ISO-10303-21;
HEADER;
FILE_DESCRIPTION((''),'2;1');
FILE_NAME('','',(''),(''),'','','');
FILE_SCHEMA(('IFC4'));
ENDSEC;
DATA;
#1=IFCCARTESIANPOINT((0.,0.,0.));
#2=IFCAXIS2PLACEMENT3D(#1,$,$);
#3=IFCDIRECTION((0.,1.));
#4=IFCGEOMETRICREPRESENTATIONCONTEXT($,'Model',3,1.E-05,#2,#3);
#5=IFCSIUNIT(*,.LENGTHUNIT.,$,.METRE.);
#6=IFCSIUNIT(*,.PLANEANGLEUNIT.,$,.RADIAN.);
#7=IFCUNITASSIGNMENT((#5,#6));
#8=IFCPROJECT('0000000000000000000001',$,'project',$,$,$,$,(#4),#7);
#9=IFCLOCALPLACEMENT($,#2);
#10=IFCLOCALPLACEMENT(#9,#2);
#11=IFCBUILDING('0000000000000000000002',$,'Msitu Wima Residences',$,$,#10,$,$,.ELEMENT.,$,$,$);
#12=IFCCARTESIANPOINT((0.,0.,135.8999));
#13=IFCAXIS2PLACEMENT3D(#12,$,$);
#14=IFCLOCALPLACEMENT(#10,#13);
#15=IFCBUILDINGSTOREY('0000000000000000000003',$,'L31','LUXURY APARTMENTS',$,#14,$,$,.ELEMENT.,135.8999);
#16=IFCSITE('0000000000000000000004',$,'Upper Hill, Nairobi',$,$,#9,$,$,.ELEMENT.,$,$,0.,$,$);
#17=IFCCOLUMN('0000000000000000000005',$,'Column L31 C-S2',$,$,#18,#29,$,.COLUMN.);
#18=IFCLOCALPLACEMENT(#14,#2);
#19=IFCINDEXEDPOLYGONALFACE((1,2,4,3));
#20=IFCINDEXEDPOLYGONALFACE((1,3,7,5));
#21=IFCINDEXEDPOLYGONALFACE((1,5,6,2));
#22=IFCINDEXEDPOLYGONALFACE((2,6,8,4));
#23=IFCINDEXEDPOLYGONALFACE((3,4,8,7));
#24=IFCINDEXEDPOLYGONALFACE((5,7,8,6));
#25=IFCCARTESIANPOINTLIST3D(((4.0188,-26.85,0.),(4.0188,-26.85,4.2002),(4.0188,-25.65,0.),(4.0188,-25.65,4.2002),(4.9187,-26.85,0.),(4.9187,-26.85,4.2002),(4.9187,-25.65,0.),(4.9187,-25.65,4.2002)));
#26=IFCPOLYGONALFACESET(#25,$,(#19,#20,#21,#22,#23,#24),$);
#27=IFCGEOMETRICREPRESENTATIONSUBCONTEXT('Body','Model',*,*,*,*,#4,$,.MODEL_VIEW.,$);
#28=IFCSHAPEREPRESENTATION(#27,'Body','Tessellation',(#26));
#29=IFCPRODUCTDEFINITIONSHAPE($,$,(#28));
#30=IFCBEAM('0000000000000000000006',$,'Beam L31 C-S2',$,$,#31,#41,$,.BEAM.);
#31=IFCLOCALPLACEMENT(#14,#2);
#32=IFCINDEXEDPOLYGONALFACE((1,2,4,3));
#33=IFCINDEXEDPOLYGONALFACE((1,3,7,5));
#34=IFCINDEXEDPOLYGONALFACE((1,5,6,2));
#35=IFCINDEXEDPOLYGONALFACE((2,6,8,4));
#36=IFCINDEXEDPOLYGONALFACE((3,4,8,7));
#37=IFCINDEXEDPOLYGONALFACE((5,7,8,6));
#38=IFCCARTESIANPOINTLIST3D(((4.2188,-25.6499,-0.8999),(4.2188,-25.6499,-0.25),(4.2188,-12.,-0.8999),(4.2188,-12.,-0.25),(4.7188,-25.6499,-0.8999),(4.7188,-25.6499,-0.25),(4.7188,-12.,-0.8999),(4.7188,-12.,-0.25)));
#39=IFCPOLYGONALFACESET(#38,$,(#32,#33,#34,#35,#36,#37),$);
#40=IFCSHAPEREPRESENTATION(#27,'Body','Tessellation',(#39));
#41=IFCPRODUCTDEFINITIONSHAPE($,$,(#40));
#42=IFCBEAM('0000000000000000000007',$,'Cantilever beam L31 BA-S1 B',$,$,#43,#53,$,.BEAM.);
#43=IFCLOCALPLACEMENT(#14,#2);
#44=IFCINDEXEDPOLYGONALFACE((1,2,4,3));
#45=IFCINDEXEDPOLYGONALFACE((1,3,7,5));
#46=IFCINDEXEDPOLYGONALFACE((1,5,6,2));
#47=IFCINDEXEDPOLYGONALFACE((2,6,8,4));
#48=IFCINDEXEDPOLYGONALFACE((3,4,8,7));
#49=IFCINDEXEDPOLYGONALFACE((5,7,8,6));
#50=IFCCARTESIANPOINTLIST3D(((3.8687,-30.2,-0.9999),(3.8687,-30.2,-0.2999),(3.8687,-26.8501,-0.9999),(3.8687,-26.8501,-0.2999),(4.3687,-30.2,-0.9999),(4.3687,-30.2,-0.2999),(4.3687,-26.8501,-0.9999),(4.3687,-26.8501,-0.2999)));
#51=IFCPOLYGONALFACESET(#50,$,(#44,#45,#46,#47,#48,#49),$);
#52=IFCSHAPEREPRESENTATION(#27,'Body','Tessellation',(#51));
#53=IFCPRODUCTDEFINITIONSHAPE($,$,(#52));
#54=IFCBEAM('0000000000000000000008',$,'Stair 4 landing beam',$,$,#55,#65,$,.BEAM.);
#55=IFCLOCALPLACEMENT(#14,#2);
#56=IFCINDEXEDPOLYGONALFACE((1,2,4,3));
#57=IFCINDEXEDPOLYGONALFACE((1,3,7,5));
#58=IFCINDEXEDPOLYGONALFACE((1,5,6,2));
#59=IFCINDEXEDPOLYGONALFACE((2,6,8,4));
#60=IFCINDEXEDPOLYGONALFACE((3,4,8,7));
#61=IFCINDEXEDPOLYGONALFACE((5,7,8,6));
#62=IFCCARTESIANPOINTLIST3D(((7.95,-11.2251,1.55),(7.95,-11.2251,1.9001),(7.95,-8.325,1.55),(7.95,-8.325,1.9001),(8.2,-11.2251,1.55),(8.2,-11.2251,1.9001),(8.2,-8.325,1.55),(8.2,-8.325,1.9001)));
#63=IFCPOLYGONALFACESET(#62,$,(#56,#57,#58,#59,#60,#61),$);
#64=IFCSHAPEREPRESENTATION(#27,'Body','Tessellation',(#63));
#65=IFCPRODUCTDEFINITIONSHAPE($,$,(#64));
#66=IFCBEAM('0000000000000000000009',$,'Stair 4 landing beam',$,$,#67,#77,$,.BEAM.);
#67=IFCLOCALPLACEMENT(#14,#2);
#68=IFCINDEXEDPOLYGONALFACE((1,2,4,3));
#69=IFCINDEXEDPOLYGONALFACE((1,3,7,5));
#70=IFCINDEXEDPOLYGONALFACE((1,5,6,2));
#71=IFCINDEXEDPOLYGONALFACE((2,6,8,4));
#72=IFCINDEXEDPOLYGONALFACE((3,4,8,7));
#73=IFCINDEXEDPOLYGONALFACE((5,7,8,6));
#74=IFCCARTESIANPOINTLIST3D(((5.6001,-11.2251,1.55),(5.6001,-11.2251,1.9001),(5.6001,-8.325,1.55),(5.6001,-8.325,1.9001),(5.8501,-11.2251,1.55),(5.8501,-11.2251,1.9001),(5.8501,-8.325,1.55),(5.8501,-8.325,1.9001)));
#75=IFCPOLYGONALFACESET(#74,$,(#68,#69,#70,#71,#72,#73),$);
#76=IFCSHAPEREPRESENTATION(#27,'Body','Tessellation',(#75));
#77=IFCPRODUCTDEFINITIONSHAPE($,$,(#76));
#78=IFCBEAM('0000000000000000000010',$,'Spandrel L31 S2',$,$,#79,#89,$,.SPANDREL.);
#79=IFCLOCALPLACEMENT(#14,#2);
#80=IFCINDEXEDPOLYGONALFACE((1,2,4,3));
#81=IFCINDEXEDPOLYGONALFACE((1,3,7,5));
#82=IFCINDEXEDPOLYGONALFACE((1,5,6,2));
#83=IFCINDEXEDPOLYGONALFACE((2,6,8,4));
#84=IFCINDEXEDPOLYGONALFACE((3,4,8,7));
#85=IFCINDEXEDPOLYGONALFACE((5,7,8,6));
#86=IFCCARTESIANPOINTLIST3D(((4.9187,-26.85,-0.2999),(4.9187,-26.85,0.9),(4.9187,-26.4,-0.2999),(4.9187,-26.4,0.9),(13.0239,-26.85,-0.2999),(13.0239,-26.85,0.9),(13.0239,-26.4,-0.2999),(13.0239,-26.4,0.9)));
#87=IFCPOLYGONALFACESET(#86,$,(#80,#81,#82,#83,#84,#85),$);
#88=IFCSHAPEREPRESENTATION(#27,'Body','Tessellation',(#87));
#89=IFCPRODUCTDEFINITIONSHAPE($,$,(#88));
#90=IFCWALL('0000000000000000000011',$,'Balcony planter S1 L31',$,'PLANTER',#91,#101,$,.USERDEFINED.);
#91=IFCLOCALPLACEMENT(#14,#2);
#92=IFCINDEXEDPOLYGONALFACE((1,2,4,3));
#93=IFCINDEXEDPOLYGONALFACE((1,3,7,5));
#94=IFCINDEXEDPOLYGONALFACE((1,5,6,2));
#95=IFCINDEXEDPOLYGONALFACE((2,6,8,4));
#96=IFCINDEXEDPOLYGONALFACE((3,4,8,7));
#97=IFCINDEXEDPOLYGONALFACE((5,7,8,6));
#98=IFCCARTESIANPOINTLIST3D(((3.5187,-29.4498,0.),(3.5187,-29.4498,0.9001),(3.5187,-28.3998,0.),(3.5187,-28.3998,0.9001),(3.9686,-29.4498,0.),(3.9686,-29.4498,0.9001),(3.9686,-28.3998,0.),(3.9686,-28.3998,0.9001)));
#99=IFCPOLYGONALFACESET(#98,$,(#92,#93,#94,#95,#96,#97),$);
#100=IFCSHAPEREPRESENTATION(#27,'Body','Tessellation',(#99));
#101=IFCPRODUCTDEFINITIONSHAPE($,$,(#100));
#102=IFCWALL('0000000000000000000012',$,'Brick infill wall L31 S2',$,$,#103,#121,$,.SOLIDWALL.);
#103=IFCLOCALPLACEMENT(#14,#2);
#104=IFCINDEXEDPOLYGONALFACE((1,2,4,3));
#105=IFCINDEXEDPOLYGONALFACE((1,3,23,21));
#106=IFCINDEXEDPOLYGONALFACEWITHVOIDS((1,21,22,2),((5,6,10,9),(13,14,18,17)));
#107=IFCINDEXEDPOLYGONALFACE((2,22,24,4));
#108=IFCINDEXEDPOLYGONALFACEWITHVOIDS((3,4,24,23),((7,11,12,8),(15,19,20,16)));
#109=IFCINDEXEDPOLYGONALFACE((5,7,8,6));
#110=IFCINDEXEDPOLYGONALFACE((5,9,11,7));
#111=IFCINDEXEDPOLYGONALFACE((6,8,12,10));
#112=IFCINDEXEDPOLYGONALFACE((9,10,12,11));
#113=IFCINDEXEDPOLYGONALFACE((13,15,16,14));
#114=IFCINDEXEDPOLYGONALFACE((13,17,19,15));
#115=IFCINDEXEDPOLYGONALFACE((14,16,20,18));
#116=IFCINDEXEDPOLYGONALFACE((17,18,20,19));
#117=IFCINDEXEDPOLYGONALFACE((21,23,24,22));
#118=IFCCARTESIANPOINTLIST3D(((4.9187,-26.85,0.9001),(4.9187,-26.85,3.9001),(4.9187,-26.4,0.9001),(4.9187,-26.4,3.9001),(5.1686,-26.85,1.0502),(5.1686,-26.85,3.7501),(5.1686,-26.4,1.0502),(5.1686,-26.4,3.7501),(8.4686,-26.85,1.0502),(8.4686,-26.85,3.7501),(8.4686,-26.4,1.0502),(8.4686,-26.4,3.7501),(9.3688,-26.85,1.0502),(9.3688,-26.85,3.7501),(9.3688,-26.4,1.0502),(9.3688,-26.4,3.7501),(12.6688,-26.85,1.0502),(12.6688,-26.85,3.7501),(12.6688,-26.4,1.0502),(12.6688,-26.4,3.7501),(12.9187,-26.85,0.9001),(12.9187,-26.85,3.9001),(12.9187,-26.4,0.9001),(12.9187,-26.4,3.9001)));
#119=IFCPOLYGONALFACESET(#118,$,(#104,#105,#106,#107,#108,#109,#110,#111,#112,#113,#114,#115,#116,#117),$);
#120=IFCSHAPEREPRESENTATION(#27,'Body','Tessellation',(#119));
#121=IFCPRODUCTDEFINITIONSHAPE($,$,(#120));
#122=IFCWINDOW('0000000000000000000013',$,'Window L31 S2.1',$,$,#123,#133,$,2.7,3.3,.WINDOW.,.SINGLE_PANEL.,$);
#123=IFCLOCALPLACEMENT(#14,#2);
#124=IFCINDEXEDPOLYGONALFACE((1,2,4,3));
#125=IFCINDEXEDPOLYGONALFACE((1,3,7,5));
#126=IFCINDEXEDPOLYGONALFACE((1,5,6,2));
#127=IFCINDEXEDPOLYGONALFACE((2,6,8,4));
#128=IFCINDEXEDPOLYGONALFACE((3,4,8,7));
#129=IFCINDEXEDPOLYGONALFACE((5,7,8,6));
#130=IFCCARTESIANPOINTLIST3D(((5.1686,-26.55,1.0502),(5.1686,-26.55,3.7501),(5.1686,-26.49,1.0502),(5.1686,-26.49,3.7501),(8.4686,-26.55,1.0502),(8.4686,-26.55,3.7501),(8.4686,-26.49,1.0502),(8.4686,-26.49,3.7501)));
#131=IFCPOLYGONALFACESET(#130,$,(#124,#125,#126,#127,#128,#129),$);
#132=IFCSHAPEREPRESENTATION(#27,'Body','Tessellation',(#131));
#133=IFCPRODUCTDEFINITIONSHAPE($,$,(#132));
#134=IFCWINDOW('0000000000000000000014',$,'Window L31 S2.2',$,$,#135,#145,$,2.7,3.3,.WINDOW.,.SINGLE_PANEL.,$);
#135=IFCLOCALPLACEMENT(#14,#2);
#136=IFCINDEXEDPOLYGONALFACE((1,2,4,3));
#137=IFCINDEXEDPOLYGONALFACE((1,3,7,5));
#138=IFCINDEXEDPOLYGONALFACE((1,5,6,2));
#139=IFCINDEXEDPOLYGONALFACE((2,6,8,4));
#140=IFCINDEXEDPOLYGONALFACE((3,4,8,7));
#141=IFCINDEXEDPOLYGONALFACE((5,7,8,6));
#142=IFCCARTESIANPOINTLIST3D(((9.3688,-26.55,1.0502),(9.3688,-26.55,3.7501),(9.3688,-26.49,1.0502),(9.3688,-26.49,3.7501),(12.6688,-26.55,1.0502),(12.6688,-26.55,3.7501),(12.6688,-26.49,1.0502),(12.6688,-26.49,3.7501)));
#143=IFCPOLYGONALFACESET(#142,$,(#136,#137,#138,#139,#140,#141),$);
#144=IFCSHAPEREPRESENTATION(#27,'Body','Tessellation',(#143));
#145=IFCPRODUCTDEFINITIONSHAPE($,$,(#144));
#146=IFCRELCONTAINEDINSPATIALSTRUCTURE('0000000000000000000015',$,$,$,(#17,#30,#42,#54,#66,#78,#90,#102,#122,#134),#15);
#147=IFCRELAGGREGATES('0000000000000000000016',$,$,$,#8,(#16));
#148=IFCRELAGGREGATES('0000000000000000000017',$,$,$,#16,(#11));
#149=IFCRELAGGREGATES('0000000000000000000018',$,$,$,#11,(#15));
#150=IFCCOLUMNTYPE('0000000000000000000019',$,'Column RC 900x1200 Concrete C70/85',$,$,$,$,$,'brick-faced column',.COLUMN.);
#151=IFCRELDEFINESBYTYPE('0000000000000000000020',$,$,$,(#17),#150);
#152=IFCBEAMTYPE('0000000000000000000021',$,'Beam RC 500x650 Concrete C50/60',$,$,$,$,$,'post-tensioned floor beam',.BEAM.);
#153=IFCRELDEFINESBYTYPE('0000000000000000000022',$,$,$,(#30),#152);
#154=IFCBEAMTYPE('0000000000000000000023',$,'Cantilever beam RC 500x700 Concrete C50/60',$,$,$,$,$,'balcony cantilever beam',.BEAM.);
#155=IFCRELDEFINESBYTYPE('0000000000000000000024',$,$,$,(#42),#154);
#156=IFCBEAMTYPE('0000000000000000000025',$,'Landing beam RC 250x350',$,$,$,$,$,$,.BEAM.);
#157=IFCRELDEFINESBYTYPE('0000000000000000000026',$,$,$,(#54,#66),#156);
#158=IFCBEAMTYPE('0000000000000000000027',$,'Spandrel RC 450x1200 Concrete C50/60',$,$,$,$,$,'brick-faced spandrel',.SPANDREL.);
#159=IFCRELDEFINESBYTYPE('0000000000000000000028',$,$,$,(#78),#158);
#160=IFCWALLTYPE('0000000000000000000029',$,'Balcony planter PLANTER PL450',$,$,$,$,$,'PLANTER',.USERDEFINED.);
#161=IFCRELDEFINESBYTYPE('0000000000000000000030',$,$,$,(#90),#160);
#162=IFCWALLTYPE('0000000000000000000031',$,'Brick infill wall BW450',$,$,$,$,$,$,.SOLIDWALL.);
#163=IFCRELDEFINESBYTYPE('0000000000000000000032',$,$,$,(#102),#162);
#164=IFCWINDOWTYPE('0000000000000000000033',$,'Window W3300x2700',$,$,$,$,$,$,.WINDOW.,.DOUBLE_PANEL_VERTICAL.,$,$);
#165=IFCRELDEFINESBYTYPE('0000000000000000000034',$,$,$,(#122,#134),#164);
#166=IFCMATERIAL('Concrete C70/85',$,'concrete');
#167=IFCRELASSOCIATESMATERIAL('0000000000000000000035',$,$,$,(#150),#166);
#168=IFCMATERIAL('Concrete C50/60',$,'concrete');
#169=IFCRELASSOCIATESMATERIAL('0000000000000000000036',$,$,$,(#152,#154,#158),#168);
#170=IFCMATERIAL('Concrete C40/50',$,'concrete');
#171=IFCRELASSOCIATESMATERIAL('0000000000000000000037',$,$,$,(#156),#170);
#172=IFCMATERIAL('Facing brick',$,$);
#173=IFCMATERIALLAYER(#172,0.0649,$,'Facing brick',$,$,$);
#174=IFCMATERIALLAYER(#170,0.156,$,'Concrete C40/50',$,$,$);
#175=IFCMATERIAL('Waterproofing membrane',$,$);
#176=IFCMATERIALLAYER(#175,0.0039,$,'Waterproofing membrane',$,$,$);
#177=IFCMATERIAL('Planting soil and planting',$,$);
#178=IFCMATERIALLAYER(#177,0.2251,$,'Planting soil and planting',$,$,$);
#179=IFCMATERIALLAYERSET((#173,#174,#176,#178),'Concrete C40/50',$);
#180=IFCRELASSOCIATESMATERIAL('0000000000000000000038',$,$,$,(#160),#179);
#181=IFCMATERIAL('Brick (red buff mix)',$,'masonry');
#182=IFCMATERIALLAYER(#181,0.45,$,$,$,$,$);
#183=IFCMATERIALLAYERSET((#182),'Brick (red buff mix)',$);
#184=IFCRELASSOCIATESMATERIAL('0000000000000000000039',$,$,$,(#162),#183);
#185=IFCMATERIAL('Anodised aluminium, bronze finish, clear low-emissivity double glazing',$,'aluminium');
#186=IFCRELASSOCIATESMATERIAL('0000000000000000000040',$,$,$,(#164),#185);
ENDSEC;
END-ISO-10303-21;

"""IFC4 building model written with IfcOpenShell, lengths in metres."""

from ifc_helpers import new_model, si_unit, direction, frame, frame_2d, origin, origin_2d, place, context, subcontext, project, spatial, rectangle, extrude, material, layer, layer_set, material_profile, profile_set, type_object, element, fill, save


model = new_model("IFC4")

# Units and contexts
model_context = context("Model", 3, precision=1e-05, world=origin(), true_north=direction((0.0, 1.0)))
body_context = subcontext(model_context, "Body", "Model", "MODEL_VIEW")
ifc_project = project(units=[si_unit("LENGTHUNIT", "METRE"), si_unit("PLANEANGLEUNIT", "RADIAN")], contexts=[model_context])

# Site, building, storey
site_placement = place(None, origin())
site = spatial("IfcSite", under=ifc_project, at=site_placement, Name="Upper Hill, Nairobi", CompositionType="ELEMENT", RefElevation=0.0)
building_placement = place(site_placement, origin())
building = spatial("IfcBuilding", under=site, at=building_placement, Name="Msitu Wima Residences", CompositionType="ELEMENT")
storey_placement = place(building_placement, frame((0.0, 0.0, 135.8999)))
storey = spatial("IfcBuildingStorey", under=building, at=storey_placement, Name="L31", Description="LUXURY APARTMENTS", CompositionType="ELEMENT", Elevation=135.8999)

# Column
ifc_material_1 = material(Name="Concrete C70/85", Category="concrete")
ifc_material_profile_1 = material_profile(ifc_material_1, rectangle(XDim=0.8999, YDim=1.2, at=origin_2d()), Name="RC 900x1200")
ifc_profile_set_1 = profile_set([ifc_material_profile_1], Name="Concrete C70/85")
column_type = type_object("IfcColumnType", Name="Column RC 900x1200 Concrete C70/85", ElementType="brick-faced column", PredefinedType="COLUMN", material=ifc_profile_set_1)
column_placement = place(storey_placement, frame((4.4688, -26.25, 0.0), z_axis=(0.0, 0.0, 1.0), x_axis=(1.0, 0.0, 0.0)))
element("IfcColumn", 1, at=column_placement, inside=storey, type_object=column_type, Name="Column L31 C-S2", PredefinedType="COLUMN", context=body_context, shape_type="SweptSolid", body=[
    extrude(rectangle(XDim=0.8999, YDim=1.2, at=origin_2d()), origin(), (0.0, 0.0, 1.0), 4.2002),
])

# Beams
ifc_material_2 = material(Name="Concrete C50/60", Category="concrete")
ifc_material_profile_2 = material_profile(ifc_material_2, rectangle(XDim=0.5, YDim=0.6499, at=origin_2d()), Name="RC 500x650")
ifc_profile_set_2 = profile_set([ifc_material_profile_2], Name="Concrete C50/60")
beam_type_1 = type_object("IfcBeamType", Name="Beam RC 500x650 Concrete C50/60", ElementType="post-tensioned floor beam", PredefinedType="BEAM", material=ifc_profile_set_2)
beam_1_placement = place(storey_placement, frame((4.4688, -25.6499, -0.575), z_axis=(0.0, 1.0, 0.0), x_axis=(-1.0, 0.0, 0.0)))
element("IfcBeam", 2, at=beam_1_placement, inside=storey, type_object=beam_type_1, Name="Beam L31 C-S2", PredefinedType="BEAM", context=body_context, shape_type="SweptSolid", body=[
    extrude(rectangle(XDim=0.5, YDim=0.6499, at=origin_2d()), origin(), (0.0, 0.0, 1.0), 13.6499),
])
ifc_material_profile_3 = material_profile(ifc_material_2, rectangle(XDim=0.5, YDim=0.7, at=origin_2d()), Name="RC 500x700")
ifc_profile_set_3 = profile_set([ifc_material_profile_3], Name="Concrete C50/60")
beam_type_2 = type_object("IfcBeamType", Name="Cantilever beam RC 500x700 Concrete C50/60", ElementType="balcony cantilever beam", PredefinedType="BEAM", material=ifc_profile_set_3)
beam_2_placement = place(storey_placement, frame((4.1187, -26.8501, -0.6499), z_axis=(0.0, -1.0, 0.0), x_axis=(1.0, 0.0, 0.0)))
element("IfcBeam", 3, at=beam_2_placement, inside=storey, type_object=beam_type_2, Name="Cantilever beam L31 BA-S1 B", PredefinedType="BEAM", context=body_context, shape_type="SweptSolid", body=[
    extrude(rectangle(XDim=0.5, YDim=0.7, at=origin_2d()), origin(), (0.0, 0.0, 1.0), 3.3499),
])
ifc_material_3 = material(Name="Concrete C40/50", Category="concrete")
ifc_material_profile_4 = material_profile(ifc_material_3, rectangle(XDim=0.25, YDim=0.3501, at=origin_2d()), Name="RC 250x350")
ifc_profile_set_4 = profile_set([ifc_material_profile_4], Name="Concrete C40/50")
beam_type_3 = type_object("IfcBeamType", Name="Landing beam RC 250x350", PredefinedType="BEAM", material=ifc_profile_set_4)
for number, where, z_axis, x_axis, name in (
    (4, (8.075, -11.2251, 1.7251), (0.0, 1.0, 0.0), (-1.0, 0.0, 0.0), "Stair 4 landing beam"),
    (5, (5.7251, -11.2251, 1.7251), (0.0, 1.0, 0.0), (-1.0, 0.0, 0.0), "Stair 4 landing beam"),
):
    element("IfcBeam", number, at=place(storey_placement, frame(where, z_axis=z_axis, x_axis=x_axis)), inside=storey, type_object=beam_type_3, Name=name, PredefinedType="BEAM", context=body_context, shape_type="SweptSolid", body=[
        extrude(rectangle(XDim=0.25, YDim=0.3501, at=origin_2d()), origin(), (0.0, 0.0, 1.0), 2.9001),
    ])
ifc_material_profile_5 = material_profile(ifc_material_2, rectangle(XDim=0.45, YDim=1.2, at=origin_2d()), Name="RC 450x1200")
ifc_profile_set_5 = profile_set([ifc_material_profile_5], Name="Concrete C50/60")
beam_type_4 = type_object("IfcBeamType", Name="Spandrel RC 450x1200 Concrete C50/60", ElementType="brick-faced spandrel", PredefinedType="SPANDREL", material=ifc_profile_set_5)
beam_3_placement = place(storey_placement, frame((4.9187, -26.625, 0.3), z_axis=(1.0, 0.0, 0.0), x_axis=(0.0, 1.0, 0.0)))
element("IfcBeam", 6, at=beam_3_placement, inside=storey, type_object=beam_type_4, Name="Spandrel L31 S2", PredefinedType="SPANDREL", context=body_context, shape_type="SweptSolid", body=[
    extrude(rectangle(XDim=0.45, YDim=1.2, at=origin_2d()), origin(), (0.0, 0.0, 1.0), 8.1052),
])

# Wall
ifc_material_4 = material(Name="Facing brick")
ifc_layer_1 = layer(ifc_material_4, 0.0649, Name="Facing brick")
ifc_layer_2 = layer(ifc_material_3, 0.156, Name="Concrete C40/50")
ifc_material_5 = material(Name="Waterproofing membrane")
ifc_layer_3 = layer(ifc_material_5, 0.0039, Name="Waterproofing membrane")
ifc_material_6 = material(Name="Planting soil and planting")
ifc_layer_4 = layer(ifc_material_6, 0.2251, Name="Planting soil and planting")
ifc_layer_set_1 = layer_set([ifc_layer_1, ifc_layer_2, ifc_layer_3, ifc_layer_4], Name="Concrete C40/50")
wall_type_1 = type_object("IfcWallType", Name="Balcony planter PLANTER PL450", ElementType="PLANTER", PredefinedType="USERDEFINED", material=ifc_layer_set_1)
wall_1_placement = place(storey_placement, frame((3.7437, -28.3999, 0.0), z_axis=(0.0, 0.0, 1.0), x_axis=(0.0, -1.0, 0.0)))
element("IfcWall", 7, at=wall_1_placement, inside=storey, type_object=wall_type_1, Name="Balcony planter S1 L31", ObjectType="PLANTER", PredefinedType="USERDEFINED", context=body_context, shape_type="SweptSolid", body=[
    extrude(rectangle(XDim=1.05, YDim=0.45, at=frame_2d((0.5249, 0.0))), origin(), (0.0, 0.0, 1.0), 0.9001),
])

# Wall, openings, windows
ifc_material_7 = material(Name="Brick (red buff mix)", Category="masonry")
ifc_layer_5 = layer(ifc_material_7, 0.45)
ifc_layer_set_2 = layer_set([ifc_layer_5], Name="Brick (red buff mix)")
wall_type_2 = type_object("IfcWallType", Name="Brick infill wall BW450", PredefinedType="SOLIDWALL", material=ifc_layer_set_2)
wall_2_placement = place(storey_placement, frame((4.9187, -26.625, 0.9001), z_axis=(0.0, 0.0, 1.0), x_axis=(1.0, 0.0, 0.0)))
wall_2 = element("IfcWall", 8, at=wall_2_placement, inside=storey, type_object=wall_type_2, Name="Brick infill wall L31 S2", PredefinedType="SOLIDWALL", context=body_context, shape_type="SweptSolid", body=[
    extrude(rectangle(XDim=8.0, YDim=0.45, at=frame_2d((4.0, 0.0))), origin(), (0.0, 0.0, 1.0), 3.0),
])
opening_1_placement = place(wall_2_placement, frame((0.25, 0.0, 0.1499)))
opening_1 = element("IfcOpeningElement", 9, at=opening_1_placement, cuts=wall_2, PredefinedType="OPENING", context=body_context, shape_type="SweptSolid", body=[
    extrude(rectangle(XDim=3.3, YDim=2.7, at=frame_2d((1.6499, 1.3501))), frame((0.0, 0.2349, 0.0), z_axis=(0.0, -1.0, 0.0), x_axis=(1.0, 0.0, 0.0)), (0.0, 0.0, 1.0), 0.47),
])
opening_2_placement = place(wall_2_placement, frame((4.4502, 0.0, 0.1499)))
opening_2 = element("IfcOpeningElement", 10, at=opening_2_placement, cuts=wall_2, PredefinedType="OPENING", context=body_context, shape_type="SweptSolid", body=[
    extrude(rectangle(XDim=3.3, YDim=2.7, at=frame_2d((1.6499, 1.3501))), frame((0.0, 0.2349, 0.0), z_axis=(0.0, -1.0, 0.0), x_axis=(1.0, 0.0, 0.0)), (0.0, 0.0, 1.0), 0.47),
])
ifc_material_8 = material(Name="Anodised aluminium, bronze finish, clear low-emissivity double glazing", Category="aluminium")
window_type = type_object("IfcWindowType", Name="Window W3300x2700", PartitioningType="DOUBLE_PANEL_VERTICAL", PredefinedType="WINDOW", material=ifc_material_8)
window_1_placement = place(opening_1_placement, origin())
window_1 = element("IfcWindow", 11, at=window_1_placement, inside=storey, type_object=window_type, Name="Window L31 S2.1", OverallHeight=2.7, OverallWidth=3.3, PartitioningType="SINGLE_PANEL", PredefinedType="WINDOW", context=body_context, shape_type="SweptSolid", body=[
    extrude(rectangle(XDim=3.3, YDim=2.7, at=frame_2d((1.6499, 1.3501))), frame((0.0, 0.135, 0.0), z_axis=(0.0, -1.0, 0.0), x_axis=(1.0, 0.0, 0.0)), (0.0, 0.0, 1.0), 0.0601),
])
fill(opening_1, window_1)
window_2_placement = place(opening_2_placement, origin())
window_2 = element("IfcWindow", 12, at=window_2_placement, inside=storey, type_object=window_type, Name="Window L31 S2.2", OverallHeight=2.7, OverallWidth=3.3, PartitioningType="SINGLE_PANEL", PredefinedType="WINDOW", context=body_context, shape_type="SweptSolid", body=[
    extrude(rectangle(XDim=3.3, YDim=2.7, at=frame_2d((1.6499, 1.3501))), frame((0.0, 0.135, 0.0), z_axis=(0.0, -1.0, 0.0), x_axis=(1.0, 0.0, 0.0)), (0.0, 0.0, 1.0), 0.0601),
])
fill(opening_2, window_2)

save(model, "model.ifc")
